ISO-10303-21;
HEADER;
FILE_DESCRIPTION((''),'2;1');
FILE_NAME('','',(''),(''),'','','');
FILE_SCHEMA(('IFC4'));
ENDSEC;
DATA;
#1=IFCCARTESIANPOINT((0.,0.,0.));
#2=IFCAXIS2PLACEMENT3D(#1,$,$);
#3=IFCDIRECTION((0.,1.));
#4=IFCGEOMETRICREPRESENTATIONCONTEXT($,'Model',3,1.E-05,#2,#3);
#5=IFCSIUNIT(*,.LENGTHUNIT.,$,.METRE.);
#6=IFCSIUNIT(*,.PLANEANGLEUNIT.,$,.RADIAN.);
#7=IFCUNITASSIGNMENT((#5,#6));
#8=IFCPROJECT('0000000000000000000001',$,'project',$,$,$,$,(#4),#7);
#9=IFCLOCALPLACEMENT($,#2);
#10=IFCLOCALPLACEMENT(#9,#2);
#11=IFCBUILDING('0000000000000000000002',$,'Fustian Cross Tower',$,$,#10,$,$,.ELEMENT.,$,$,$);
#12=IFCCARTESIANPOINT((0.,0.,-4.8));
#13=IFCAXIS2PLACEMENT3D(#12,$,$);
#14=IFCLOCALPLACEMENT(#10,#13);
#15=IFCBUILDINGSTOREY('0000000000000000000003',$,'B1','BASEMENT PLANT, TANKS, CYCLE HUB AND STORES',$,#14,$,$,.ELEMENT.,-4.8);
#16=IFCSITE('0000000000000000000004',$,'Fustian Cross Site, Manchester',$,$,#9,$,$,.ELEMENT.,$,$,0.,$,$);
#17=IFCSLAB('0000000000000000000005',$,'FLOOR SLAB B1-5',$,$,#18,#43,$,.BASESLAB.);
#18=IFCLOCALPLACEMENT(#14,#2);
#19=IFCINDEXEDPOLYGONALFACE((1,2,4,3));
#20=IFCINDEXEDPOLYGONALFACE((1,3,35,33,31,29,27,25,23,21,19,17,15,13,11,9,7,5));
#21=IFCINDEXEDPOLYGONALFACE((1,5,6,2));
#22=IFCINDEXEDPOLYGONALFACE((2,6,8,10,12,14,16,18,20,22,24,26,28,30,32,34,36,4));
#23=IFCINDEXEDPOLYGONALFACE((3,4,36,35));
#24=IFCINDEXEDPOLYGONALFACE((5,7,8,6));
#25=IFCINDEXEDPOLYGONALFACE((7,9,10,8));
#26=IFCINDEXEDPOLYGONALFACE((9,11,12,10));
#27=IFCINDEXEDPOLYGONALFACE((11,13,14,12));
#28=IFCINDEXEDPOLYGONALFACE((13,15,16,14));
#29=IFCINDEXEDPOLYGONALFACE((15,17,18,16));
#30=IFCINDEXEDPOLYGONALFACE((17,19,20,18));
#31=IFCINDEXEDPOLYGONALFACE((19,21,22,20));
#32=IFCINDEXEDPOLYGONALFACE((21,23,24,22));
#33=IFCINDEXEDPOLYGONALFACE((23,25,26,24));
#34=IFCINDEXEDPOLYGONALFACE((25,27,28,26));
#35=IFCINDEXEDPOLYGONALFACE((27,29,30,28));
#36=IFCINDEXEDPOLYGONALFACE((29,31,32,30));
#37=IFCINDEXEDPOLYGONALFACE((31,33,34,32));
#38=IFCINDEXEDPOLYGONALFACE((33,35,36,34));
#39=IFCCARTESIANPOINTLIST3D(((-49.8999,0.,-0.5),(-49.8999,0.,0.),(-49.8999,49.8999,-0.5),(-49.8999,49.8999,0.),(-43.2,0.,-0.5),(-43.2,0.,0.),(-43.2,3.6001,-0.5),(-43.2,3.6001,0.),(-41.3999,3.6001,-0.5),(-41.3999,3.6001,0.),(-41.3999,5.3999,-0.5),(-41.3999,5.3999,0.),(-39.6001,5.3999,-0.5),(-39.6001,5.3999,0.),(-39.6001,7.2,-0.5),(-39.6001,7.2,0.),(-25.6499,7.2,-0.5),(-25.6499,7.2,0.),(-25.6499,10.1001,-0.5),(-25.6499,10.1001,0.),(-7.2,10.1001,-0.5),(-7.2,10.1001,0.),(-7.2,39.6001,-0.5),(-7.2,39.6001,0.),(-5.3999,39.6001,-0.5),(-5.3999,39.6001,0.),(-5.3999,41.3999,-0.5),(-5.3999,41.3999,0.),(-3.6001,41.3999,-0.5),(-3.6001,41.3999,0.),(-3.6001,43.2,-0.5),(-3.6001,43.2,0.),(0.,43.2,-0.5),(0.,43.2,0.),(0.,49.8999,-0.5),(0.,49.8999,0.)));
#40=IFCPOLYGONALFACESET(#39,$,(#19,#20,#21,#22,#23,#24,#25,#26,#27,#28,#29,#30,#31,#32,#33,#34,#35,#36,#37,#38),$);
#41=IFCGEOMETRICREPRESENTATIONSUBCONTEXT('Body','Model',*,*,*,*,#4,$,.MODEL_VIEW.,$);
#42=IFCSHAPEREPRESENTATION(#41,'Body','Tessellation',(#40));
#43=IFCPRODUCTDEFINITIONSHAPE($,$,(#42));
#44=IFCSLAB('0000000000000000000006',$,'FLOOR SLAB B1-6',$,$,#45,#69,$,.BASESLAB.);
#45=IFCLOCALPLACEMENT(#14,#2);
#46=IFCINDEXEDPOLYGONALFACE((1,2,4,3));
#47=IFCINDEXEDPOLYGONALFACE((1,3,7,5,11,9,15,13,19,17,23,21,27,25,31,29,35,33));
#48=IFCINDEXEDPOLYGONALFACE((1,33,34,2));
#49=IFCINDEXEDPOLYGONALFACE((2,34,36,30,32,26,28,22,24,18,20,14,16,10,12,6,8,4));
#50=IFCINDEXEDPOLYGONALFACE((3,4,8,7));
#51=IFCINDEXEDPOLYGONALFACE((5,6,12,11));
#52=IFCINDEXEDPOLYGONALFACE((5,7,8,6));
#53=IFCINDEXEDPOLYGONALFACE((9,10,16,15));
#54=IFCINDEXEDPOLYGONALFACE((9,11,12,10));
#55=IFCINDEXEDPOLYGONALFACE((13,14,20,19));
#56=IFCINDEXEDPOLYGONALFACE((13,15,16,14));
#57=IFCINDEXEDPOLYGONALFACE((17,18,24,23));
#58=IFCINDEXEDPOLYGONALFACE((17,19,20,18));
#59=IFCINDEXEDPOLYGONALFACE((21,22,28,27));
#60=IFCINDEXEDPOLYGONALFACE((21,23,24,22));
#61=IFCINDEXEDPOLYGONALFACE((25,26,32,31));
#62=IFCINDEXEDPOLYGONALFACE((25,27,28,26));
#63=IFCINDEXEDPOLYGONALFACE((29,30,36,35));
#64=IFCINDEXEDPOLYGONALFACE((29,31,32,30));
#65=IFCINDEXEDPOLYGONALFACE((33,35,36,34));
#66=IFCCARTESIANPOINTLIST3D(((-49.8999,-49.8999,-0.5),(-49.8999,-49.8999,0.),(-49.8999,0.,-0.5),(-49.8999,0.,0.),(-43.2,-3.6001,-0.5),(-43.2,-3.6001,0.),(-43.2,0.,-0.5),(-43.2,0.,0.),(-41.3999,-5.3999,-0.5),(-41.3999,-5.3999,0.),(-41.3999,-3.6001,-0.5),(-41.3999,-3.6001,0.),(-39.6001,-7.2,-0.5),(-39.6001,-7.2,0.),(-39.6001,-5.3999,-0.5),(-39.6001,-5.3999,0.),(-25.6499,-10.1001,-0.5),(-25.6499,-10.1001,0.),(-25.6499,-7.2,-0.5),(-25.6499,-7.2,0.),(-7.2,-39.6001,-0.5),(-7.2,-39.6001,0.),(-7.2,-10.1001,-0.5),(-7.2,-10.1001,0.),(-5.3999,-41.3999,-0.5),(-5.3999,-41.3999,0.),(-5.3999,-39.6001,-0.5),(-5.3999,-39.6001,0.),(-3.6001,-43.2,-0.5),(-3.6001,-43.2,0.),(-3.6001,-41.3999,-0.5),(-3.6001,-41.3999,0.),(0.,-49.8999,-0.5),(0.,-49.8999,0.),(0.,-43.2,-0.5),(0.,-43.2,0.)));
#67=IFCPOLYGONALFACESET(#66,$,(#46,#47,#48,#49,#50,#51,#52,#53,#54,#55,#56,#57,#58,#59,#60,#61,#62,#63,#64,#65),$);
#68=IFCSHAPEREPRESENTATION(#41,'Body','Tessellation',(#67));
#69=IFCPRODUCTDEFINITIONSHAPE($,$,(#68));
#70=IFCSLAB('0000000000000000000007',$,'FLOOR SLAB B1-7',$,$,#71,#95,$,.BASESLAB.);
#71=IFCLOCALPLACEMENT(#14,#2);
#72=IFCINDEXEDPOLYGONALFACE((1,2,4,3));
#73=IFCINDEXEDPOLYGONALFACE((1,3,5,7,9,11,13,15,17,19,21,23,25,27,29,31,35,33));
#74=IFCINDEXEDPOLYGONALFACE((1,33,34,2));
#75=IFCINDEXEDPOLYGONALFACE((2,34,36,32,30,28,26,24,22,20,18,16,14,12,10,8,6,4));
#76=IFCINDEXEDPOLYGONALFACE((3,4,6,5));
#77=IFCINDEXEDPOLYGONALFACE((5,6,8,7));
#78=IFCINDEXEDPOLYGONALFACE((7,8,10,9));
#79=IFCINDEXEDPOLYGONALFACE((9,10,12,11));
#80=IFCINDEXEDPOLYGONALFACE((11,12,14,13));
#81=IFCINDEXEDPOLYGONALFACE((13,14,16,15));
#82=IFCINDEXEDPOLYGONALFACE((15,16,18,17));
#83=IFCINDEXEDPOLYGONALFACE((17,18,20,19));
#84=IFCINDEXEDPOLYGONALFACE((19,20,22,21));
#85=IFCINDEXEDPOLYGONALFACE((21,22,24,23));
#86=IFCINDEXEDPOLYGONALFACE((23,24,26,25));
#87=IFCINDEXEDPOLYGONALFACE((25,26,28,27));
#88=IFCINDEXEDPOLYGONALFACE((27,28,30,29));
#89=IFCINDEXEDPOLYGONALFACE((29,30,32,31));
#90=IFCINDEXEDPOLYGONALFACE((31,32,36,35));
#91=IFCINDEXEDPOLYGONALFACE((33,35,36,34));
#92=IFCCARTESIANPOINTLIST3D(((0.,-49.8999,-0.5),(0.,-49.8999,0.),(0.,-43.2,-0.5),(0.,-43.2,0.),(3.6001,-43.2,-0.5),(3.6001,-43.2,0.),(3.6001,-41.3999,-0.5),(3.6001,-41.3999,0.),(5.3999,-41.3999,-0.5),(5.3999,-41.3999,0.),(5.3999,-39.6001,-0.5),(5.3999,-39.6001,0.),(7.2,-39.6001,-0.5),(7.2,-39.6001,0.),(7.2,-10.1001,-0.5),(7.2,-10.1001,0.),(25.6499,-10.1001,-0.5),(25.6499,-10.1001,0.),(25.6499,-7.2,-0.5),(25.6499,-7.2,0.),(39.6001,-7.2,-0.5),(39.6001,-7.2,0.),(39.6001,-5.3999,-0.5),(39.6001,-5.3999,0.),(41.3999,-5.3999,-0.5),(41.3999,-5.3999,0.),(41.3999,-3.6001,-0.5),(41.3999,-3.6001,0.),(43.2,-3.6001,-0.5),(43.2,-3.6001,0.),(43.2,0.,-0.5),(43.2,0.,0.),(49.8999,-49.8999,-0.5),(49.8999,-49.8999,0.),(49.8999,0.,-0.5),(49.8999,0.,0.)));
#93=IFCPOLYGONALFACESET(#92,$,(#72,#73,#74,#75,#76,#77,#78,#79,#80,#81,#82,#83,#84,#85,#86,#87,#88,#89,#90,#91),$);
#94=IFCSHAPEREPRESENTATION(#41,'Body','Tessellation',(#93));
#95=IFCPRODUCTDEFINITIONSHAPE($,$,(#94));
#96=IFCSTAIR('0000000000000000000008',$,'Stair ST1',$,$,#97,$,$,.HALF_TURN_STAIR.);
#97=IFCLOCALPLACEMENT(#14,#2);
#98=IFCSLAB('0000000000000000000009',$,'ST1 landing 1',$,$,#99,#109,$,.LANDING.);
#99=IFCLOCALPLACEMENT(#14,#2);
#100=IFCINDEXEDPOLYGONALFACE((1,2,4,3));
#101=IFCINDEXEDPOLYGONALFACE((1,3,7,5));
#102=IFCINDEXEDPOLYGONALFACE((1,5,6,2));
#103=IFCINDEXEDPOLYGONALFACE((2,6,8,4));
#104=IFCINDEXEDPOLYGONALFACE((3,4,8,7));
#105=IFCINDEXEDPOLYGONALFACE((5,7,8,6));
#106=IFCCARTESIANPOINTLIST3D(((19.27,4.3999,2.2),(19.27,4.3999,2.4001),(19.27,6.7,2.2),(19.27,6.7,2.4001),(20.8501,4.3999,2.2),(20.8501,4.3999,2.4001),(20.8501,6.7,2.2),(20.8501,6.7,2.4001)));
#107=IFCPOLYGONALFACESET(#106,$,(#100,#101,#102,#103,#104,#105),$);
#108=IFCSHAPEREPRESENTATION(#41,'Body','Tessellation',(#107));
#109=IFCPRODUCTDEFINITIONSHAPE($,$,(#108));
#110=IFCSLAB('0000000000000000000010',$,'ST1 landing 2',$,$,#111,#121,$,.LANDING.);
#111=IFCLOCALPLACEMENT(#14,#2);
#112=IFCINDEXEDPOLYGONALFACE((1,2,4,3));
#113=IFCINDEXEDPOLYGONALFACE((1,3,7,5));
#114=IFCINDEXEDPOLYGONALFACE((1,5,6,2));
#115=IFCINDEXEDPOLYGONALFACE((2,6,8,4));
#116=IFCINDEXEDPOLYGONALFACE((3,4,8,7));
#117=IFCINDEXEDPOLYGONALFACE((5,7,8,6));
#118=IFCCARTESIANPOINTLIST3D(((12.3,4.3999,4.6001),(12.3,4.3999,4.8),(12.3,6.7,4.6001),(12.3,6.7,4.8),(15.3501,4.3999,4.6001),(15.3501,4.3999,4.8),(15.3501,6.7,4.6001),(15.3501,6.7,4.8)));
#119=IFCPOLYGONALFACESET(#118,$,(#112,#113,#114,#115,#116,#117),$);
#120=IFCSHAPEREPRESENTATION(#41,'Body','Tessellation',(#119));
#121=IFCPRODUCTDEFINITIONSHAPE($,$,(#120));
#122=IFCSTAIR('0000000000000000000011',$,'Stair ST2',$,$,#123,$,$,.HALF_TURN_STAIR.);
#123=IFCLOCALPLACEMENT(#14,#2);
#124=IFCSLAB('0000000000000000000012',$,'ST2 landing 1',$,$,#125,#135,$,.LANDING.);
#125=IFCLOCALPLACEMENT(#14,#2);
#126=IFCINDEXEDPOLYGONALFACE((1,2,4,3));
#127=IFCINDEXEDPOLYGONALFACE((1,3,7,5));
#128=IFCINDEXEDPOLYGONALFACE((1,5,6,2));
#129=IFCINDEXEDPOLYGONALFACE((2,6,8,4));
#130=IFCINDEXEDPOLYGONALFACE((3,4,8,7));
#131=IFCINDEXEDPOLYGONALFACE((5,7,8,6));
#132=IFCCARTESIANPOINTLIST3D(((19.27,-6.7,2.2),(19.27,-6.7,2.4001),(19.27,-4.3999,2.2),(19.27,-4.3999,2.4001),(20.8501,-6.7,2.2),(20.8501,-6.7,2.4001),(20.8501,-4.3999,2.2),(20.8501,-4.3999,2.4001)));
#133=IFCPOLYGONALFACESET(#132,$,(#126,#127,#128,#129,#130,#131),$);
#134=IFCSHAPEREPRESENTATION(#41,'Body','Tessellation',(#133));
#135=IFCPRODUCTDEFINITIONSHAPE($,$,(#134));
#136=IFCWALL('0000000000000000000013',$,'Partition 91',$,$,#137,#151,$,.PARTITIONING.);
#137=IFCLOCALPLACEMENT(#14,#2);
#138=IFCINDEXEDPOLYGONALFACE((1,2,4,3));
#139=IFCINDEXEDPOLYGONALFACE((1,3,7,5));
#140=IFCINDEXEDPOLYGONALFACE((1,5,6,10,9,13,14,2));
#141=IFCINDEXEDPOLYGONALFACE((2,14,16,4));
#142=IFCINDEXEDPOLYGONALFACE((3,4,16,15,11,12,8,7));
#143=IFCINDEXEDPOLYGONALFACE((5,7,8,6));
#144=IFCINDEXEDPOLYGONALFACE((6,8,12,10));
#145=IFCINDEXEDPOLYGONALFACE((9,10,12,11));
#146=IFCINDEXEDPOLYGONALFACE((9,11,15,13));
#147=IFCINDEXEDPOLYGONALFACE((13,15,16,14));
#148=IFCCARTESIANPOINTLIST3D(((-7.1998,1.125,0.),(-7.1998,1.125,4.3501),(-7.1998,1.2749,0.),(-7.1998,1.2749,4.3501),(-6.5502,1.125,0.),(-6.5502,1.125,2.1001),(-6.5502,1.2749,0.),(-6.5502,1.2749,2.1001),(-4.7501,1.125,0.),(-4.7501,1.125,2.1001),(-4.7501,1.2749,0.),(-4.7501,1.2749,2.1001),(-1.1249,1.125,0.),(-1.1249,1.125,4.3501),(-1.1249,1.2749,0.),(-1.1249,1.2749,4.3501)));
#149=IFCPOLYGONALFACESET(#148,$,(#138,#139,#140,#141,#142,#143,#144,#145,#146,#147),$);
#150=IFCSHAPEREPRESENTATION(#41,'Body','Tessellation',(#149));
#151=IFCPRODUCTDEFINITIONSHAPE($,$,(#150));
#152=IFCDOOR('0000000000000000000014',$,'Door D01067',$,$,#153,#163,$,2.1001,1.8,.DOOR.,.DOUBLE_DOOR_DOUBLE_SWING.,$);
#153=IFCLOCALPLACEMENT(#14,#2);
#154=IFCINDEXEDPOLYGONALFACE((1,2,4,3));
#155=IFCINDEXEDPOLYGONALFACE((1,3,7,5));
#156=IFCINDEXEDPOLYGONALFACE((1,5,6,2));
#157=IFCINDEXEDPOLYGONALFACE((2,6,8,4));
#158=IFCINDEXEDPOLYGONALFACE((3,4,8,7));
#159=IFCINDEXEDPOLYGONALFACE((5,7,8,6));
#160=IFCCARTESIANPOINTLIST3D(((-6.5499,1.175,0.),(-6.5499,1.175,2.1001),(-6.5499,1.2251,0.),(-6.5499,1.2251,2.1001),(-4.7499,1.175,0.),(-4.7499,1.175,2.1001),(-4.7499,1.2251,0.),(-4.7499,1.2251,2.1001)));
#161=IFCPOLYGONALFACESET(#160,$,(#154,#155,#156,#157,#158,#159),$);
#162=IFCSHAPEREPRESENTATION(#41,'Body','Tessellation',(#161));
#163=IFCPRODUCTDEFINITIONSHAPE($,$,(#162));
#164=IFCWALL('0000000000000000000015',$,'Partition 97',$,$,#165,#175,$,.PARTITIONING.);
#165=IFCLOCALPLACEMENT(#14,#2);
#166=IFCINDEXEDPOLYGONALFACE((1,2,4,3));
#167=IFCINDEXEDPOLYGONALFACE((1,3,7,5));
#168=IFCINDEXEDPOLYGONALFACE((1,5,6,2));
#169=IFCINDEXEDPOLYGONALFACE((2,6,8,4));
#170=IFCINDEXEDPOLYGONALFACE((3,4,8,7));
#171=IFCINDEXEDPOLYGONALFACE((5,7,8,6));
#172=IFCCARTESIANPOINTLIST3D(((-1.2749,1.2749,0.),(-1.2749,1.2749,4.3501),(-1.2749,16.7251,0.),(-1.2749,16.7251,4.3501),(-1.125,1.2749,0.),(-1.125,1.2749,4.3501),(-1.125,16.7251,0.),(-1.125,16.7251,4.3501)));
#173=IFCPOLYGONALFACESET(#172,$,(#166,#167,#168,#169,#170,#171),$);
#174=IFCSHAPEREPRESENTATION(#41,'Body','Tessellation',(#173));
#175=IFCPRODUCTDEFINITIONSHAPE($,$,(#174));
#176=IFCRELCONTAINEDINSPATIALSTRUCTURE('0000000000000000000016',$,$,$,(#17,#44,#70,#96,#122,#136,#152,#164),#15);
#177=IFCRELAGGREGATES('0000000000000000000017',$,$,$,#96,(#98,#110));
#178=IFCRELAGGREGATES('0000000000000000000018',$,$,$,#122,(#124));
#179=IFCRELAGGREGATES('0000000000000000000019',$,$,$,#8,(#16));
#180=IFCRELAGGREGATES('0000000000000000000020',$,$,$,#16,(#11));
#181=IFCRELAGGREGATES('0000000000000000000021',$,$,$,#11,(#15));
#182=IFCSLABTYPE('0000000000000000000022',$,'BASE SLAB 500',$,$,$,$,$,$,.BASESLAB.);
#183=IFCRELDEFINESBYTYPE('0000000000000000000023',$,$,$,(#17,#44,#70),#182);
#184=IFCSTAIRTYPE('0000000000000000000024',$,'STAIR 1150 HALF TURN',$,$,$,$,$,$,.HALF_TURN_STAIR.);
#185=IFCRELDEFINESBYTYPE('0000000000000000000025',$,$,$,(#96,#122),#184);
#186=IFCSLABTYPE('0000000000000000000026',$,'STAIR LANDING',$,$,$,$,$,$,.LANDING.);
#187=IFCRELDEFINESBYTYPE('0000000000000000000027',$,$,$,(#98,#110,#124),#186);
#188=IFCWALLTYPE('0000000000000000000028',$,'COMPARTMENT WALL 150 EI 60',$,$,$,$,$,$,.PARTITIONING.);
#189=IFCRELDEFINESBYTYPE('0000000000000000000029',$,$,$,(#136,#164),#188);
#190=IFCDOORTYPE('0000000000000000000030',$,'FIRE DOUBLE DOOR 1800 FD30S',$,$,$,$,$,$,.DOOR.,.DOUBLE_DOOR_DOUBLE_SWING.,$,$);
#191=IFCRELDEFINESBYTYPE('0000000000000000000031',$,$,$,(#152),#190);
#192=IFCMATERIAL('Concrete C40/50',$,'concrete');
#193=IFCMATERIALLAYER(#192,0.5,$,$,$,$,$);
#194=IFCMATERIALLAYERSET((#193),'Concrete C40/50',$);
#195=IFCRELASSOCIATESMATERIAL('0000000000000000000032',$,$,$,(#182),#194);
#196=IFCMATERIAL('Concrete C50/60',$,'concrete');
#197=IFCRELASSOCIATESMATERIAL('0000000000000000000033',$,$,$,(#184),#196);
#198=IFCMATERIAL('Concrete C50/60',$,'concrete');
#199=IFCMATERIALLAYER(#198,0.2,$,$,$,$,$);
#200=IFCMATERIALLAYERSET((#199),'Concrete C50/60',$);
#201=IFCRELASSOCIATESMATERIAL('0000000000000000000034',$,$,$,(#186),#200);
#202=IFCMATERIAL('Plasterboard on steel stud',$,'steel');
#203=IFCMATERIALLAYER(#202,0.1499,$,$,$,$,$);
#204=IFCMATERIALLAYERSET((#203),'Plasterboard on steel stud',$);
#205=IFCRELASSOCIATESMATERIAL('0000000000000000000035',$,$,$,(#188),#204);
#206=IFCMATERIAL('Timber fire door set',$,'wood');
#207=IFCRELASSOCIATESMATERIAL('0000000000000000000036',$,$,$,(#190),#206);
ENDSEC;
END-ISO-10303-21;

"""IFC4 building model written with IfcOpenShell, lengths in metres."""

from ifc_helpers import new_model, si_unit, direction, frame, frame_2d, origin, place, context, subcontext, project, spatial, polyline, rectangle, outline, extrude, material, layer, layer_set, type_object, element, fill, aggregate, save


model = new_model("IFC4")

# Units and contexts
model_context = context("Model", 3, precision=1e-05, world=origin(), true_north=direction((0.0, 1.0)))
body_context = subcontext(model_context, "Body", "Model", "MODEL_VIEW")
ifc_project = project(units=[si_unit("LENGTHUNIT", "METRE"), si_unit("PLANEANGLEUNIT", "RADIAN")], contexts=[model_context])

# Site, building, storey
site_placement = place(None, origin())
site = spatial("IfcSite", under=ifc_project, at=site_placement, Name="Fustian Cross Site, Manchester", CompositionType="ELEMENT", RefElevation=0.0)
building_placement = place(site_placement, origin())
building = spatial("IfcBuilding", under=site, at=building_placement, Name="Fustian Cross Tower", CompositionType="ELEMENT")
storey_placement = place(building_placement, frame((0.0, 0.0, -4.8)))
storey = spatial("IfcBuildingStorey", under=building, at=storey_placement, Name="B1", Description="BASEMENT PLANT, TANKS, CYCLE HUB AND STORES", CompositionType="ELEMENT", Elevation=-4.8)

# Slabs
ifc_material_1 = material(Name="Concrete C40/50", Category="concrete")
ifc_layer_1 = layer(ifc_material_1, 0.5)
ifc_layer_set_1 = layer_set([ifc_layer_1], Name="Concrete C40/50")
slab_type_1 = type_object("IfcSlabType", Name="BASE SLAB 500", PredefinedType="BASESLAB", material=ifc_layer_set_1)
slab_1_placement = place(storey_placement, frame((0.0, 0.0, -0.5)))
element("IfcSlab", 1, at=slab_1_placement, inside=storey, type_object=slab_type_1, Name="FLOOR SLAB B1-5", PredefinedType="BASESLAB", context=body_context, shape_type="SweptSolid", body=[
    extrude(outline(polyline([(-49.8999, 49.8999), (0.0, 49.8999), (0.0, 43.2), (-3.6001, 43.2), (-3.6001, 41.3999), (-5.3999, 41.3999), (-5.3999, 39.6001), (-7.2, 39.6001), (-7.2, 10.1001), (-25.6499, 10.1001), (-25.6499, 7.2), (-39.6001, 7.2), (-39.6001, 5.3999), (-41.3999, 5.3999), (-41.3999, 3.6001), (-43.2, 3.6001), (-43.2, 0.0), (-49.8999, 0.0), (-49.8999, 49.8999)])), origin(), (0.0, 0.0, 1.0), 0.5),
])
slab_2_placement = place(storey_placement, frame((0.0, 0.0, -0.5)))
element("IfcSlab", 2, at=slab_2_placement, inside=storey, type_object=slab_type_1, Name="FLOOR SLAB B1-6", PredefinedType="BASESLAB", context=body_context, shape_type="SweptSolid", body=[
    extrude(outline(polyline([(-49.8999, -49.8999), (-49.8999, 0.0), (-43.2, 0.0), (-43.2, -3.6001), (-41.3999, -3.6001), (-41.3999, -5.3999), (-39.6001, -5.3999), (-39.6001, -7.2), (-25.6499, -7.2), (-25.6499, -10.1001), (-7.2, -10.1001), (-7.2, -39.6001), (-5.3999, -39.6001), (-5.3999, -41.3999), (-3.6001, -41.3999), (-3.6001, -43.2), (0.0, -43.2), (0.0, -49.8999), (-49.8999, -49.8999)])), origin(), (0.0, 0.0, 1.0), 0.5),
])
slab_3_placement = place(storey_placement, frame((0.0, 0.0, -0.5)))
element("IfcSlab", 3, at=slab_3_placement, inside=storey, type_object=slab_type_1, Name="FLOOR SLAB B1-7", PredefinedType="BASESLAB", context=body_context, shape_type="SweptSolid", body=[
    extrude(outline(polyline([(49.8999, -49.8999), (0.0, -49.8999), (0.0, -43.2), (3.6001, -43.2), (3.6001, -41.3999), (5.3999, -41.3999), (5.3999, -39.6001), (7.2, -39.6001), (7.2, -10.1001), (25.6499, -10.1001), (25.6499, -7.2), (39.6001, -7.2), (39.6001, -5.3999), (41.3999, -5.3999), (41.3999, -3.6001), (43.2, -3.6001), (43.2, 0.0), (49.8999, 0.0), (49.8999, -49.8999)])), origin(), (0.0, 0.0, 1.0), 0.5),
])

# Stair, slabs
ifc_material_2 = material(Name="Concrete C50/60", Category="concrete")
stair_type = type_object("IfcStairType", Name="STAIR 1150 HALF TURN", PredefinedType="HALF_TURN_STAIR", material=ifc_material_2)
stair_1_placement = place(storey_placement, origin())
stair_1 = element("IfcStair", 4, at=stair_1_placement, inside=storey, type_object=stair_type, Name="Stair ST1", PredefinedType="HALF_TURN_STAIR")
ifc_material_3 = material(Name="Concrete C50/60", Category="concrete")
ifc_layer_2 = layer(ifc_material_3, 0.2)
ifc_layer_set_2 = layer_set([ifc_layer_2], Name="Concrete C50/60")
slab_type_2 = type_object("IfcSlabType", Name="STAIR LANDING", PredefinedType="LANDING", material=ifc_layer_set_2)
slab_4_placement = place(storey_placement, frame((0.0, 0.0, 2.2)))
slab_4 = element("IfcSlab", 5, at=slab_4_placement, type_object=slab_type_2, Name="ST1 landing 1", PredefinedType="LANDING", context=body_context, shape_type="SweptSolid", body=[
    extrude(outline(polyline([(19.27, 4.3999), (20.8501, 4.3999), (20.8501, 6.7), (19.27, 6.7), (19.27, 4.3999)])), origin(), (0.0, 0.0, 1.0), 0.2002),
])
slab_5_placement = place(storey_placement, frame((0.0, 0.0, 4.6001)))
slab_5 = element("IfcSlab", 6, at=slab_5_placement, type_object=slab_type_2, Name="ST1 landing 2", PredefinedType="LANDING", context=body_context, shape_type="SweptSolid", body=[
    extrude(outline(polyline([(12.3, 4.3999), (15.3501, 4.3999), (15.3501, 6.7), (12.3, 6.7), (12.3, 4.3999)])), origin(), (0.0, 0.0, 1.0), 0.2),
])
aggregate(stair_1, [slab_4, slab_5])

# Stair, slab
stair_2_placement = place(storey_placement, origin())
stair_2 = element("IfcStair", 7, at=stair_2_placement, inside=storey, type_object=stair_type, Name="Stair ST2", PredefinedType="HALF_TURN_STAIR")
slab_6_placement = place(storey_placement, frame((0.0, 0.0, 2.2)))
slab_6 = element("IfcSlab", 8, at=slab_6_placement, type_object=slab_type_2, Name="ST2 landing 1", PredefinedType="LANDING", context=body_context, shape_type="SweptSolid", body=[
    extrude(outline(polyline([(19.27, -4.3999), (20.8501, -4.3999), (20.8501, -6.7), (19.27, -6.7), (19.27, -4.3999)])), origin(), (0.0, 0.0, 1.0), 0.2002),
])
aggregate(stair_2, [slab_6])

# Wall, opening, door
ifc_material_4 = material(Name="Plasterboard on steel stud", Category="steel")
ifc_layer_3 = layer(ifc_material_4, 0.1499)
ifc_layer_set_3 = layer_set([ifc_layer_3], Name="Plasterboard on steel stud")
wall_type_1 = type_object("IfcWallType", Name="COMPARTMENT WALL 150 EI 60", PredefinedType="PARTITIONING", material=ifc_layer_set_3)
wall_1_placement = place(storey_placement, frame((-7.2, 1.2, 0.0), z_axis=(0.0, 0.0, 1.0), x_axis=(1.0, 0.0, 0.0)))
wall_1 = element("IfcWall", 9, at=wall_1_placement, inside=storey, type_object=wall_type_1, Name="Partition 91", PredefinedType="PARTITIONING", context=body_context, shape_type="SweptSolid", body=[
    extrude(rectangle(XDim=6.075, YDim=0.1499, at=frame_2d((3.0376, 0.0))), origin(), (0.0, 0.0, 1.0), 4.3501),
])
opening_1_placement = place(wall_1_placement, frame((0.6499, 0.0, 0.0)))
opening_1 = element("IfcOpeningElement", 10, at=opening_1_placement, cuts=wall_1, PredefinedType="OPENING", context=body_context, shape_type="SweptSolid", body=[
    extrude(rectangle(XDim=1.8, YDim=2.1001, at=frame_2d((0.8999, 1.05))), frame((0.0, 0.085, 0.0), z_axis=(0.0, -1.0, 0.0), x_axis=(1.0, 0.0, 0.0)), (0.0, 0.0, 1.0), 0.1699),
])
ifc_material_5 = material(Name="Timber fire door set", Category="wood")
door_type_1 = type_object("IfcDoorType", Name="FIRE DOUBLE DOOR 1800 FD30S", OperationType="DOUBLE_DOOR_DOUBLE_SWING", PredefinedType="DOOR", material=ifc_material_5)
door_1_placement = place(opening_1_placement, frame((1.8, 0.0, 0.0), z_axis=(0.0, 0.0, 1.0), x_axis=(-1.0, 0.0, 0.0)))
door_1 = element("IfcDoor", 11, at=door_1_placement, inside=storey, type_object=door_type_1, Name="Door D01067", OperationType="DOUBLE_DOOR_DOUBLE_SWING", OverallHeight=2.1001, OverallWidth=1.8, PredefinedType="DOOR", context=body_context, shape_type="SweptSolid", body=[
    extrude(rectangle(XDim=1.8, YDim=2.1001, at=frame_2d((0.8999, 1.05))), frame((0.0, 0.0249, 0.0), z_axis=(0.0, -1.0, 0.0), x_axis=(1.0, 0.0, 0.0)), (0.0, 0.0, 1.0), 0.05),
])
fill(opening_1, door_1)

# Wall
wall_2_placement = place(storey_placement, frame((-1.2, 1.2749, 0.0), z_axis=(0.0, 0.0, 1.0), x_axis=(0.0, 1.0, 0.0)))
element("IfcWall", 12, at=wall_2_placement, inside=storey, type_object=wall_type_1, Name="Partition 97", PredefinedType="PARTITIONING", context=body_context, shape_type="SweptSolid", body=[
    extrude(rectangle(XDim=15.4502, YDim=0.1499, at=frame_2d((7.7251, 0.0))), origin(), (0.0, 0.0, 1.0), 4.3501),
])

save(model, "model.ifc")
